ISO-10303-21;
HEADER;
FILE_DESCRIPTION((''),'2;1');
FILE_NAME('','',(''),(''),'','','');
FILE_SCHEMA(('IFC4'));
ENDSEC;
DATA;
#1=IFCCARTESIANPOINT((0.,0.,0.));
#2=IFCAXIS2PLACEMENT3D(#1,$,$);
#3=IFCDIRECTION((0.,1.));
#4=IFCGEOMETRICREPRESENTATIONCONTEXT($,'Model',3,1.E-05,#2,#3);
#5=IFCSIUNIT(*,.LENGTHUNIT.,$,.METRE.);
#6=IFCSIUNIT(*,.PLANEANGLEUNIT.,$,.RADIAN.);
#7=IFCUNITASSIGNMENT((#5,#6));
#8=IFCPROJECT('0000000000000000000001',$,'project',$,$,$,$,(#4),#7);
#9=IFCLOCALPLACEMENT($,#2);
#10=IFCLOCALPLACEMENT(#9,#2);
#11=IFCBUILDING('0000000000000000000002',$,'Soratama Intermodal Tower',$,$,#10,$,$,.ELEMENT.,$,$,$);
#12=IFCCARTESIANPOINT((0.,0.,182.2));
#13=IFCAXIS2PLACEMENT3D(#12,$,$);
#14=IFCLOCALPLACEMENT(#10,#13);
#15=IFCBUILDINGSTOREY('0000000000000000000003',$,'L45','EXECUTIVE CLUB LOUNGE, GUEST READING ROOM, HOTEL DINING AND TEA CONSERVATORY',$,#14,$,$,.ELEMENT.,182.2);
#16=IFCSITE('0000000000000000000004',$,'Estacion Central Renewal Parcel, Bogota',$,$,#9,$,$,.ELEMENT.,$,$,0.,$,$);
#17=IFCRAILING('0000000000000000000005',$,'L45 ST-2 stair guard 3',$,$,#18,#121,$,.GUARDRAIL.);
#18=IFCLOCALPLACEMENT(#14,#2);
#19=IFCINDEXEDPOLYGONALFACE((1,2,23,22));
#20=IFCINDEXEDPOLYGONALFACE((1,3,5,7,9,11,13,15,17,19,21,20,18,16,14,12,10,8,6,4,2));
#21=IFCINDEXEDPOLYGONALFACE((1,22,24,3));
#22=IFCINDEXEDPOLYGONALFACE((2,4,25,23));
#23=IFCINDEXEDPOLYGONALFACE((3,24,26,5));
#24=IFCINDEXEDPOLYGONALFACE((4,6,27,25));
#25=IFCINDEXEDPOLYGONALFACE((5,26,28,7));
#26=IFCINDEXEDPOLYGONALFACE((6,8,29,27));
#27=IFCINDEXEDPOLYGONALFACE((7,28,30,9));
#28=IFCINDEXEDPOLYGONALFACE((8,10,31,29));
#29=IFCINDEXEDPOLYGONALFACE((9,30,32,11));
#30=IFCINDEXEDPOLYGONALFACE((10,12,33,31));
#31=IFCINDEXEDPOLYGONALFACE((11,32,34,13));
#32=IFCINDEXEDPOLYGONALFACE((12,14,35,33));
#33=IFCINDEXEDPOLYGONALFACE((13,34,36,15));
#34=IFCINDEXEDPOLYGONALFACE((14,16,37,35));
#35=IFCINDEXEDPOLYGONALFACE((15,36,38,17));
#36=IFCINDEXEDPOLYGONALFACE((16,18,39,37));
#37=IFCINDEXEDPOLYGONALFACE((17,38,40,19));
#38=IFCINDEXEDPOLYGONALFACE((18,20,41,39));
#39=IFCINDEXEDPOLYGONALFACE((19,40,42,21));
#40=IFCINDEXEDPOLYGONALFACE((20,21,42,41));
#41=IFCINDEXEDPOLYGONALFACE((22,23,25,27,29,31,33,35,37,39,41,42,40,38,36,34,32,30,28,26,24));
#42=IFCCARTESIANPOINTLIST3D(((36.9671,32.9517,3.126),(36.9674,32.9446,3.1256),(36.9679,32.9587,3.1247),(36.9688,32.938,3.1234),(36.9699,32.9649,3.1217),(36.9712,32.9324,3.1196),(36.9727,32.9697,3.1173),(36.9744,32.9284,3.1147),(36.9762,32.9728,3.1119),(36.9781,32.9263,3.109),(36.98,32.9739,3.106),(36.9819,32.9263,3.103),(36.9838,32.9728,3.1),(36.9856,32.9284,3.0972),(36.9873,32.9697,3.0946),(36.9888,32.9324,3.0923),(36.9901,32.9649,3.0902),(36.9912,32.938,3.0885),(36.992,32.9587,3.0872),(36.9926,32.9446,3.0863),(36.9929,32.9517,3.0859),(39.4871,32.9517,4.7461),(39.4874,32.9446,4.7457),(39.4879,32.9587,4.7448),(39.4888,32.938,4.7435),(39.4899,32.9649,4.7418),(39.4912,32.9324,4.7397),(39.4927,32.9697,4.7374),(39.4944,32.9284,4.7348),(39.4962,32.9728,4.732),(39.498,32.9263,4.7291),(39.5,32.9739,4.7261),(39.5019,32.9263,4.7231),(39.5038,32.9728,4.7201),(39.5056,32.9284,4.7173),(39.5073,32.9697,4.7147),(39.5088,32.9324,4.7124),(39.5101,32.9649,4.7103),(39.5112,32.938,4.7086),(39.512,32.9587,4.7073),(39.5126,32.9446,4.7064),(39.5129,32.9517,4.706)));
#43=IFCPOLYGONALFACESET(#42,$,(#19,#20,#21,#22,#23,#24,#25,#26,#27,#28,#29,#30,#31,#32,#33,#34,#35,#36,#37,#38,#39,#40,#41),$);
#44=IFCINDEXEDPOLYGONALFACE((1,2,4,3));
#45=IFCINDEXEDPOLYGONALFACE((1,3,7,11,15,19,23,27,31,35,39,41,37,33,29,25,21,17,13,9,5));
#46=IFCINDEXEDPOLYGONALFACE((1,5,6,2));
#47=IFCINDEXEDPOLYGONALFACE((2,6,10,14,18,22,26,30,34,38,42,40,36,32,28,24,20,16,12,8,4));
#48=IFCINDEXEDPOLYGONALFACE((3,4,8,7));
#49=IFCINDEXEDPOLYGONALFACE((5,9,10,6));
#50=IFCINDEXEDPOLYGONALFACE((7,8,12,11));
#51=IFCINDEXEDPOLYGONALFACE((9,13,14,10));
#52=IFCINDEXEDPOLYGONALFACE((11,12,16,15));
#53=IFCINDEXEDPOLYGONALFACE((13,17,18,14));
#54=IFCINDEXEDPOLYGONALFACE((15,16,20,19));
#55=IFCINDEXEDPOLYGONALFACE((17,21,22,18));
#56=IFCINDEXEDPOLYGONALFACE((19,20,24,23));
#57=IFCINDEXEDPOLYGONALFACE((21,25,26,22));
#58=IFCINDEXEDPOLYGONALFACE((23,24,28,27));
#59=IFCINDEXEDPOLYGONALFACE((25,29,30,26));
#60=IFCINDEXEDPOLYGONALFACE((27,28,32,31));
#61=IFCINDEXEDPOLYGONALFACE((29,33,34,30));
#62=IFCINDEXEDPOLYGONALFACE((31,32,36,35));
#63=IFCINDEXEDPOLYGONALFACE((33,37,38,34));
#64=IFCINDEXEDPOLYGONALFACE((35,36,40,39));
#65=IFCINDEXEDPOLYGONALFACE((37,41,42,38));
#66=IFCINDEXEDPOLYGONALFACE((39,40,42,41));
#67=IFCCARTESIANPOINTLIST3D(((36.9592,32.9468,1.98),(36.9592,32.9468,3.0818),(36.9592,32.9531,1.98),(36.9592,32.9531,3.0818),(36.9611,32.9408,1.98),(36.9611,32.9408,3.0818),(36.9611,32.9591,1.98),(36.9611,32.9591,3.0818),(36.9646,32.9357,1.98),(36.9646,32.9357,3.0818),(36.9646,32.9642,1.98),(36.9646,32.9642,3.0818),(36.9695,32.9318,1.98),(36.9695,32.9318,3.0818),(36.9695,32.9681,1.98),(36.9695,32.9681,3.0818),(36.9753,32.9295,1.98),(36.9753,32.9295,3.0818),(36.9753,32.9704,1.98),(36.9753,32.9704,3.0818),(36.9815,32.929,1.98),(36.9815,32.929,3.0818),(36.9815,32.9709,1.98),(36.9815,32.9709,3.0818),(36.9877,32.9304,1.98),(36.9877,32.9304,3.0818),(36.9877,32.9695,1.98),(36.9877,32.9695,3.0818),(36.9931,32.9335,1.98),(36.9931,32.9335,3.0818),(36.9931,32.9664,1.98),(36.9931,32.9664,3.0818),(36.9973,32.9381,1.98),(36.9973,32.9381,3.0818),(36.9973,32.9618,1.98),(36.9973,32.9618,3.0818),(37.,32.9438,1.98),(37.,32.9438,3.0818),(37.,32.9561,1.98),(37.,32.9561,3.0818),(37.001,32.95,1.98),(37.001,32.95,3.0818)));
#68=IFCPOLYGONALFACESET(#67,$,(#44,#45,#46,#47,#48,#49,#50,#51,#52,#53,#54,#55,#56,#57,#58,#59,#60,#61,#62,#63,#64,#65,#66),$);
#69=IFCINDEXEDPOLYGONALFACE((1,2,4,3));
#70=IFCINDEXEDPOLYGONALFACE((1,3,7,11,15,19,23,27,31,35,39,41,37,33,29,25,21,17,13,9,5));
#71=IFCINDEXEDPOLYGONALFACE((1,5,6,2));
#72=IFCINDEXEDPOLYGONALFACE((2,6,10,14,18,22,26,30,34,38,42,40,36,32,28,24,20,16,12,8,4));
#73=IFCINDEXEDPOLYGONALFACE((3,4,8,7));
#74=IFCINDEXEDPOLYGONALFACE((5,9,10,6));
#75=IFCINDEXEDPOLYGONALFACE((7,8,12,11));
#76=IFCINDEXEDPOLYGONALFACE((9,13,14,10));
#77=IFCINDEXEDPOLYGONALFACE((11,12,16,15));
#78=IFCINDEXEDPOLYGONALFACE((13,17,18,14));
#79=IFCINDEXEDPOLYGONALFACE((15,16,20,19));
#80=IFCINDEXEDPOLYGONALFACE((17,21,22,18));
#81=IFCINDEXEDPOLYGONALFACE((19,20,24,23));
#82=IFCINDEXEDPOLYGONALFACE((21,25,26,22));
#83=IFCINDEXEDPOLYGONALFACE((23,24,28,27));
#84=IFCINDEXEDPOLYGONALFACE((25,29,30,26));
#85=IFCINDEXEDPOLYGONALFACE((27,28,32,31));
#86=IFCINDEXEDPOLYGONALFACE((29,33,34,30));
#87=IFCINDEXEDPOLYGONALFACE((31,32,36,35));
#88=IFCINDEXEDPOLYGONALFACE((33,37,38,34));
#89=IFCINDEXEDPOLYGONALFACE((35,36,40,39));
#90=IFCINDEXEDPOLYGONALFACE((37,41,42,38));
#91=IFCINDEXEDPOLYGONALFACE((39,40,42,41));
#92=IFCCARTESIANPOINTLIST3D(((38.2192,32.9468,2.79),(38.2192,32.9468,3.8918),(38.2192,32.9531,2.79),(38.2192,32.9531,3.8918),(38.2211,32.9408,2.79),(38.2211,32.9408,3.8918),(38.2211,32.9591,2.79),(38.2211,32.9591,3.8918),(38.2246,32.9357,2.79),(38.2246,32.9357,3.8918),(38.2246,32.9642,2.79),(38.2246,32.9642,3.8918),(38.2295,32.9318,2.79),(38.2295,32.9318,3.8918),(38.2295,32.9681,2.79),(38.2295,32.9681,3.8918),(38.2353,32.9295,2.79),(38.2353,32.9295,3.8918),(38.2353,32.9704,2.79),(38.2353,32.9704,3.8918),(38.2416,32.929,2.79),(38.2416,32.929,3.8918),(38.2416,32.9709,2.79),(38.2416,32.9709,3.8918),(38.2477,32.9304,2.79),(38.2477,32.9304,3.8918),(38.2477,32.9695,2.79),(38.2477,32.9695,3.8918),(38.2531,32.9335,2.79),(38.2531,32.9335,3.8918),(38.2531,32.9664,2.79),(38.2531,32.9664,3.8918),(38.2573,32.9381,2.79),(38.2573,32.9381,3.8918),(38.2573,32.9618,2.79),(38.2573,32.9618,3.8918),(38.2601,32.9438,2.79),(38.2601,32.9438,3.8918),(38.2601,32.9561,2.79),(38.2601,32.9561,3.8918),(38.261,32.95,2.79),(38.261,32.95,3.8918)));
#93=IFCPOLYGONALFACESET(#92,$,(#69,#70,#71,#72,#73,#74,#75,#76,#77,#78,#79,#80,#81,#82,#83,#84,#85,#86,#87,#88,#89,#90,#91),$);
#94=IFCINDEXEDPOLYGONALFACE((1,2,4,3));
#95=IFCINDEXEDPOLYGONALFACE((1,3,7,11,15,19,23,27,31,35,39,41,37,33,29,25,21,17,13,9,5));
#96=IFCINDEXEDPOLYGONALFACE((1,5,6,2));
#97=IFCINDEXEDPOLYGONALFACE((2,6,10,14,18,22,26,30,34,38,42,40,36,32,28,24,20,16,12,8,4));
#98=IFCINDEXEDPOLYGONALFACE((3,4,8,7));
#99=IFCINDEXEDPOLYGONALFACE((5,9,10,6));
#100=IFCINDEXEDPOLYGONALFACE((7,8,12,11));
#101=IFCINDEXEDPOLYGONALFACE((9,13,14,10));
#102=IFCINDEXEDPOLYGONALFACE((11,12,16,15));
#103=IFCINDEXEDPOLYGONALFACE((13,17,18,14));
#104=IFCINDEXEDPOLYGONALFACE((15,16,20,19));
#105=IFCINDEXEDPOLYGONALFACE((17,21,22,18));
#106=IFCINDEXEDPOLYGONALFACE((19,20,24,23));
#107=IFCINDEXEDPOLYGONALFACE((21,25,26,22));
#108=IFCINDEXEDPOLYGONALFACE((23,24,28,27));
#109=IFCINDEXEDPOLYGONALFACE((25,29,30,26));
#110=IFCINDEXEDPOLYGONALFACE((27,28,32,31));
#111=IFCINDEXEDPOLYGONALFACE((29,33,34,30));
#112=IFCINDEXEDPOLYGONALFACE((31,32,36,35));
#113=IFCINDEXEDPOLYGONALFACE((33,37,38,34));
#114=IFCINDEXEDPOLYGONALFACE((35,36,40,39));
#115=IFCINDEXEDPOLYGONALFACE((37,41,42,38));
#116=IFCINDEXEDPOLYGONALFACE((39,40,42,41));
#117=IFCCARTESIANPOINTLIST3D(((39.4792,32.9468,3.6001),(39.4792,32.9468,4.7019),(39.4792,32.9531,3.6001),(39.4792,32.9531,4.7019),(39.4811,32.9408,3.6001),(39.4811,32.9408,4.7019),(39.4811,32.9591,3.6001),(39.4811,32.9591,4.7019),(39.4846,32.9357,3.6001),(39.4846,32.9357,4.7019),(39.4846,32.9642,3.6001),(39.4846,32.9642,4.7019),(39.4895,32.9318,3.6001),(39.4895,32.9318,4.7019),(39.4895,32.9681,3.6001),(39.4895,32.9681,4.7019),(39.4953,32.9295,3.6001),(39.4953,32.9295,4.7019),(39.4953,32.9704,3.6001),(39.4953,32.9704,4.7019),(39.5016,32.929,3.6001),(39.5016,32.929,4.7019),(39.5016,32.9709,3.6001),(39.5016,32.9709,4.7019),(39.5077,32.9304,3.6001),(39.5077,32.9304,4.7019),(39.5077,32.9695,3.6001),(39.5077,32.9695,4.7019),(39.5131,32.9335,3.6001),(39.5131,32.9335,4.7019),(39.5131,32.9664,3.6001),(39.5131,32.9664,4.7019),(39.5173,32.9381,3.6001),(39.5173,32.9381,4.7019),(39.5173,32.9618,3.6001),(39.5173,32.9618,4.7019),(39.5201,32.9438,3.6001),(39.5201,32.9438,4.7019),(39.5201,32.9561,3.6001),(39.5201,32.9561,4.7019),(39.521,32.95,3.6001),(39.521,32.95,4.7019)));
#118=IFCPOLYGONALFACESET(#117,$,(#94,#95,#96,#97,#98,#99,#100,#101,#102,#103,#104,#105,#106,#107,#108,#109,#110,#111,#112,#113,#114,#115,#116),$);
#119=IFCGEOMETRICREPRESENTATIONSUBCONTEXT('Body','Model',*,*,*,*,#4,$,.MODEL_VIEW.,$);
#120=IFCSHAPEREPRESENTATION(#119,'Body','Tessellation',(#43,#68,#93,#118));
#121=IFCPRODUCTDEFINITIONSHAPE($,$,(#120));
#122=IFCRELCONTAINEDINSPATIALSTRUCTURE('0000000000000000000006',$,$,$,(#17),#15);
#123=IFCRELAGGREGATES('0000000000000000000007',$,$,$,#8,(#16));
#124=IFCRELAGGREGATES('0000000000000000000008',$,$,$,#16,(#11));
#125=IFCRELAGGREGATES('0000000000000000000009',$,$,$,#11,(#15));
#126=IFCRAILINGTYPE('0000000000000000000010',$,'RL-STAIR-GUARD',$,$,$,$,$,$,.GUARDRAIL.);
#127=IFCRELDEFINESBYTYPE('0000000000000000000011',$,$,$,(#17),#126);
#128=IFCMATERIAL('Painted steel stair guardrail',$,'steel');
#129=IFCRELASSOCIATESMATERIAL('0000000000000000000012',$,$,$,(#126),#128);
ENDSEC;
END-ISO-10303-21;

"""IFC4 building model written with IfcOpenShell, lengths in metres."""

from ifc_helpers import new_model, si_unit, direction, frame, origin, origin_2d, place, context, subcontext, project, spatial, circle, extrude, material, type_object, element, save


model = new_model("IFC4")

# Units and contexts
model_context = context("Model", 3, precision=1e-05, world=origin(), true_north=direction((0.0, 1.0)))
body_context = subcontext(model_context, "Body", "Model", "MODEL_VIEW")
ifc_project = project(units=[si_unit("LENGTHUNIT", "METRE"), si_unit("PLANEANGLEUNIT", "RADIAN")], contexts=[model_context])

# Site, building, storey
site_placement = place(None, origin())
site = spatial("IfcSite", under=ifc_project, at=site_placement, Name="Estacion Central Renewal Parcel, Bogota", CompositionType="ELEMENT", RefElevation=0.0)
building_placement = place(site_placement, origin())
building = spatial("IfcBuilding", under=site, at=building_placement, Name="Soratama Intermodal Tower", CompositionType="ELEMENT")
storey_placement = place(building_placement, frame((0.0, 0.0, 182.2)))
storey = spatial("IfcBuildingStorey", under=building, at=storey_placement, Name="L45", Description="EXECUTIVE CLUB LOUNGE, GUEST READING ROOM, HOTEL DINING AND TEA CONSERVATORY", CompositionType="ELEMENT", Elevation=182.2)

# Railing
ifc_material_1 = material(Name="Painted steel stair guardrail", Category="steel")
railing_type_1 = type_object("IfcRailingType", Name="RL-STAIR-GUARD", PredefinedType="GUARDRAIL", material=ifc_material_1)
railing_1_placement = place(storey_placement, frame((36.98, 32.95, 1.98)))
element("IfcRailing", 1, at=railing_1_placement, inside=storey, type_object=railing_type_1, Name="L45 ST-2 stair guard 3", PredefinedType="GUARDRAIL", context=body_context, shape_type="SweptSolid", body=[
    extrude(circle(Radius=0.0239, at=origin_2d()), frame((0.0, 0.0, 1.126), z_axis=(0.841163, 0.0, 0.540782), x_axis=(0.0, 1.0, 0.0)), (0.0, 0.0, 1.0), 2.9958),
    extrude(circle(Radius=0.021, at=origin_2d()), origin(), (0.0, 0.0, 1.0), 1.1018),
    extrude(circle(Radius=0.021, at=origin_2d()), frame((1.26, 0.0, 0.8101)), (0.0, 0.0, 1.0), 1.1018),
    extrude(circle(Radius=0.021, at=origin_2d()), frame((2.52, 0.0, 1.6201)), (0.0, 0.0, 1.0), 1.1018),
])

save(model, "model.ifc")
